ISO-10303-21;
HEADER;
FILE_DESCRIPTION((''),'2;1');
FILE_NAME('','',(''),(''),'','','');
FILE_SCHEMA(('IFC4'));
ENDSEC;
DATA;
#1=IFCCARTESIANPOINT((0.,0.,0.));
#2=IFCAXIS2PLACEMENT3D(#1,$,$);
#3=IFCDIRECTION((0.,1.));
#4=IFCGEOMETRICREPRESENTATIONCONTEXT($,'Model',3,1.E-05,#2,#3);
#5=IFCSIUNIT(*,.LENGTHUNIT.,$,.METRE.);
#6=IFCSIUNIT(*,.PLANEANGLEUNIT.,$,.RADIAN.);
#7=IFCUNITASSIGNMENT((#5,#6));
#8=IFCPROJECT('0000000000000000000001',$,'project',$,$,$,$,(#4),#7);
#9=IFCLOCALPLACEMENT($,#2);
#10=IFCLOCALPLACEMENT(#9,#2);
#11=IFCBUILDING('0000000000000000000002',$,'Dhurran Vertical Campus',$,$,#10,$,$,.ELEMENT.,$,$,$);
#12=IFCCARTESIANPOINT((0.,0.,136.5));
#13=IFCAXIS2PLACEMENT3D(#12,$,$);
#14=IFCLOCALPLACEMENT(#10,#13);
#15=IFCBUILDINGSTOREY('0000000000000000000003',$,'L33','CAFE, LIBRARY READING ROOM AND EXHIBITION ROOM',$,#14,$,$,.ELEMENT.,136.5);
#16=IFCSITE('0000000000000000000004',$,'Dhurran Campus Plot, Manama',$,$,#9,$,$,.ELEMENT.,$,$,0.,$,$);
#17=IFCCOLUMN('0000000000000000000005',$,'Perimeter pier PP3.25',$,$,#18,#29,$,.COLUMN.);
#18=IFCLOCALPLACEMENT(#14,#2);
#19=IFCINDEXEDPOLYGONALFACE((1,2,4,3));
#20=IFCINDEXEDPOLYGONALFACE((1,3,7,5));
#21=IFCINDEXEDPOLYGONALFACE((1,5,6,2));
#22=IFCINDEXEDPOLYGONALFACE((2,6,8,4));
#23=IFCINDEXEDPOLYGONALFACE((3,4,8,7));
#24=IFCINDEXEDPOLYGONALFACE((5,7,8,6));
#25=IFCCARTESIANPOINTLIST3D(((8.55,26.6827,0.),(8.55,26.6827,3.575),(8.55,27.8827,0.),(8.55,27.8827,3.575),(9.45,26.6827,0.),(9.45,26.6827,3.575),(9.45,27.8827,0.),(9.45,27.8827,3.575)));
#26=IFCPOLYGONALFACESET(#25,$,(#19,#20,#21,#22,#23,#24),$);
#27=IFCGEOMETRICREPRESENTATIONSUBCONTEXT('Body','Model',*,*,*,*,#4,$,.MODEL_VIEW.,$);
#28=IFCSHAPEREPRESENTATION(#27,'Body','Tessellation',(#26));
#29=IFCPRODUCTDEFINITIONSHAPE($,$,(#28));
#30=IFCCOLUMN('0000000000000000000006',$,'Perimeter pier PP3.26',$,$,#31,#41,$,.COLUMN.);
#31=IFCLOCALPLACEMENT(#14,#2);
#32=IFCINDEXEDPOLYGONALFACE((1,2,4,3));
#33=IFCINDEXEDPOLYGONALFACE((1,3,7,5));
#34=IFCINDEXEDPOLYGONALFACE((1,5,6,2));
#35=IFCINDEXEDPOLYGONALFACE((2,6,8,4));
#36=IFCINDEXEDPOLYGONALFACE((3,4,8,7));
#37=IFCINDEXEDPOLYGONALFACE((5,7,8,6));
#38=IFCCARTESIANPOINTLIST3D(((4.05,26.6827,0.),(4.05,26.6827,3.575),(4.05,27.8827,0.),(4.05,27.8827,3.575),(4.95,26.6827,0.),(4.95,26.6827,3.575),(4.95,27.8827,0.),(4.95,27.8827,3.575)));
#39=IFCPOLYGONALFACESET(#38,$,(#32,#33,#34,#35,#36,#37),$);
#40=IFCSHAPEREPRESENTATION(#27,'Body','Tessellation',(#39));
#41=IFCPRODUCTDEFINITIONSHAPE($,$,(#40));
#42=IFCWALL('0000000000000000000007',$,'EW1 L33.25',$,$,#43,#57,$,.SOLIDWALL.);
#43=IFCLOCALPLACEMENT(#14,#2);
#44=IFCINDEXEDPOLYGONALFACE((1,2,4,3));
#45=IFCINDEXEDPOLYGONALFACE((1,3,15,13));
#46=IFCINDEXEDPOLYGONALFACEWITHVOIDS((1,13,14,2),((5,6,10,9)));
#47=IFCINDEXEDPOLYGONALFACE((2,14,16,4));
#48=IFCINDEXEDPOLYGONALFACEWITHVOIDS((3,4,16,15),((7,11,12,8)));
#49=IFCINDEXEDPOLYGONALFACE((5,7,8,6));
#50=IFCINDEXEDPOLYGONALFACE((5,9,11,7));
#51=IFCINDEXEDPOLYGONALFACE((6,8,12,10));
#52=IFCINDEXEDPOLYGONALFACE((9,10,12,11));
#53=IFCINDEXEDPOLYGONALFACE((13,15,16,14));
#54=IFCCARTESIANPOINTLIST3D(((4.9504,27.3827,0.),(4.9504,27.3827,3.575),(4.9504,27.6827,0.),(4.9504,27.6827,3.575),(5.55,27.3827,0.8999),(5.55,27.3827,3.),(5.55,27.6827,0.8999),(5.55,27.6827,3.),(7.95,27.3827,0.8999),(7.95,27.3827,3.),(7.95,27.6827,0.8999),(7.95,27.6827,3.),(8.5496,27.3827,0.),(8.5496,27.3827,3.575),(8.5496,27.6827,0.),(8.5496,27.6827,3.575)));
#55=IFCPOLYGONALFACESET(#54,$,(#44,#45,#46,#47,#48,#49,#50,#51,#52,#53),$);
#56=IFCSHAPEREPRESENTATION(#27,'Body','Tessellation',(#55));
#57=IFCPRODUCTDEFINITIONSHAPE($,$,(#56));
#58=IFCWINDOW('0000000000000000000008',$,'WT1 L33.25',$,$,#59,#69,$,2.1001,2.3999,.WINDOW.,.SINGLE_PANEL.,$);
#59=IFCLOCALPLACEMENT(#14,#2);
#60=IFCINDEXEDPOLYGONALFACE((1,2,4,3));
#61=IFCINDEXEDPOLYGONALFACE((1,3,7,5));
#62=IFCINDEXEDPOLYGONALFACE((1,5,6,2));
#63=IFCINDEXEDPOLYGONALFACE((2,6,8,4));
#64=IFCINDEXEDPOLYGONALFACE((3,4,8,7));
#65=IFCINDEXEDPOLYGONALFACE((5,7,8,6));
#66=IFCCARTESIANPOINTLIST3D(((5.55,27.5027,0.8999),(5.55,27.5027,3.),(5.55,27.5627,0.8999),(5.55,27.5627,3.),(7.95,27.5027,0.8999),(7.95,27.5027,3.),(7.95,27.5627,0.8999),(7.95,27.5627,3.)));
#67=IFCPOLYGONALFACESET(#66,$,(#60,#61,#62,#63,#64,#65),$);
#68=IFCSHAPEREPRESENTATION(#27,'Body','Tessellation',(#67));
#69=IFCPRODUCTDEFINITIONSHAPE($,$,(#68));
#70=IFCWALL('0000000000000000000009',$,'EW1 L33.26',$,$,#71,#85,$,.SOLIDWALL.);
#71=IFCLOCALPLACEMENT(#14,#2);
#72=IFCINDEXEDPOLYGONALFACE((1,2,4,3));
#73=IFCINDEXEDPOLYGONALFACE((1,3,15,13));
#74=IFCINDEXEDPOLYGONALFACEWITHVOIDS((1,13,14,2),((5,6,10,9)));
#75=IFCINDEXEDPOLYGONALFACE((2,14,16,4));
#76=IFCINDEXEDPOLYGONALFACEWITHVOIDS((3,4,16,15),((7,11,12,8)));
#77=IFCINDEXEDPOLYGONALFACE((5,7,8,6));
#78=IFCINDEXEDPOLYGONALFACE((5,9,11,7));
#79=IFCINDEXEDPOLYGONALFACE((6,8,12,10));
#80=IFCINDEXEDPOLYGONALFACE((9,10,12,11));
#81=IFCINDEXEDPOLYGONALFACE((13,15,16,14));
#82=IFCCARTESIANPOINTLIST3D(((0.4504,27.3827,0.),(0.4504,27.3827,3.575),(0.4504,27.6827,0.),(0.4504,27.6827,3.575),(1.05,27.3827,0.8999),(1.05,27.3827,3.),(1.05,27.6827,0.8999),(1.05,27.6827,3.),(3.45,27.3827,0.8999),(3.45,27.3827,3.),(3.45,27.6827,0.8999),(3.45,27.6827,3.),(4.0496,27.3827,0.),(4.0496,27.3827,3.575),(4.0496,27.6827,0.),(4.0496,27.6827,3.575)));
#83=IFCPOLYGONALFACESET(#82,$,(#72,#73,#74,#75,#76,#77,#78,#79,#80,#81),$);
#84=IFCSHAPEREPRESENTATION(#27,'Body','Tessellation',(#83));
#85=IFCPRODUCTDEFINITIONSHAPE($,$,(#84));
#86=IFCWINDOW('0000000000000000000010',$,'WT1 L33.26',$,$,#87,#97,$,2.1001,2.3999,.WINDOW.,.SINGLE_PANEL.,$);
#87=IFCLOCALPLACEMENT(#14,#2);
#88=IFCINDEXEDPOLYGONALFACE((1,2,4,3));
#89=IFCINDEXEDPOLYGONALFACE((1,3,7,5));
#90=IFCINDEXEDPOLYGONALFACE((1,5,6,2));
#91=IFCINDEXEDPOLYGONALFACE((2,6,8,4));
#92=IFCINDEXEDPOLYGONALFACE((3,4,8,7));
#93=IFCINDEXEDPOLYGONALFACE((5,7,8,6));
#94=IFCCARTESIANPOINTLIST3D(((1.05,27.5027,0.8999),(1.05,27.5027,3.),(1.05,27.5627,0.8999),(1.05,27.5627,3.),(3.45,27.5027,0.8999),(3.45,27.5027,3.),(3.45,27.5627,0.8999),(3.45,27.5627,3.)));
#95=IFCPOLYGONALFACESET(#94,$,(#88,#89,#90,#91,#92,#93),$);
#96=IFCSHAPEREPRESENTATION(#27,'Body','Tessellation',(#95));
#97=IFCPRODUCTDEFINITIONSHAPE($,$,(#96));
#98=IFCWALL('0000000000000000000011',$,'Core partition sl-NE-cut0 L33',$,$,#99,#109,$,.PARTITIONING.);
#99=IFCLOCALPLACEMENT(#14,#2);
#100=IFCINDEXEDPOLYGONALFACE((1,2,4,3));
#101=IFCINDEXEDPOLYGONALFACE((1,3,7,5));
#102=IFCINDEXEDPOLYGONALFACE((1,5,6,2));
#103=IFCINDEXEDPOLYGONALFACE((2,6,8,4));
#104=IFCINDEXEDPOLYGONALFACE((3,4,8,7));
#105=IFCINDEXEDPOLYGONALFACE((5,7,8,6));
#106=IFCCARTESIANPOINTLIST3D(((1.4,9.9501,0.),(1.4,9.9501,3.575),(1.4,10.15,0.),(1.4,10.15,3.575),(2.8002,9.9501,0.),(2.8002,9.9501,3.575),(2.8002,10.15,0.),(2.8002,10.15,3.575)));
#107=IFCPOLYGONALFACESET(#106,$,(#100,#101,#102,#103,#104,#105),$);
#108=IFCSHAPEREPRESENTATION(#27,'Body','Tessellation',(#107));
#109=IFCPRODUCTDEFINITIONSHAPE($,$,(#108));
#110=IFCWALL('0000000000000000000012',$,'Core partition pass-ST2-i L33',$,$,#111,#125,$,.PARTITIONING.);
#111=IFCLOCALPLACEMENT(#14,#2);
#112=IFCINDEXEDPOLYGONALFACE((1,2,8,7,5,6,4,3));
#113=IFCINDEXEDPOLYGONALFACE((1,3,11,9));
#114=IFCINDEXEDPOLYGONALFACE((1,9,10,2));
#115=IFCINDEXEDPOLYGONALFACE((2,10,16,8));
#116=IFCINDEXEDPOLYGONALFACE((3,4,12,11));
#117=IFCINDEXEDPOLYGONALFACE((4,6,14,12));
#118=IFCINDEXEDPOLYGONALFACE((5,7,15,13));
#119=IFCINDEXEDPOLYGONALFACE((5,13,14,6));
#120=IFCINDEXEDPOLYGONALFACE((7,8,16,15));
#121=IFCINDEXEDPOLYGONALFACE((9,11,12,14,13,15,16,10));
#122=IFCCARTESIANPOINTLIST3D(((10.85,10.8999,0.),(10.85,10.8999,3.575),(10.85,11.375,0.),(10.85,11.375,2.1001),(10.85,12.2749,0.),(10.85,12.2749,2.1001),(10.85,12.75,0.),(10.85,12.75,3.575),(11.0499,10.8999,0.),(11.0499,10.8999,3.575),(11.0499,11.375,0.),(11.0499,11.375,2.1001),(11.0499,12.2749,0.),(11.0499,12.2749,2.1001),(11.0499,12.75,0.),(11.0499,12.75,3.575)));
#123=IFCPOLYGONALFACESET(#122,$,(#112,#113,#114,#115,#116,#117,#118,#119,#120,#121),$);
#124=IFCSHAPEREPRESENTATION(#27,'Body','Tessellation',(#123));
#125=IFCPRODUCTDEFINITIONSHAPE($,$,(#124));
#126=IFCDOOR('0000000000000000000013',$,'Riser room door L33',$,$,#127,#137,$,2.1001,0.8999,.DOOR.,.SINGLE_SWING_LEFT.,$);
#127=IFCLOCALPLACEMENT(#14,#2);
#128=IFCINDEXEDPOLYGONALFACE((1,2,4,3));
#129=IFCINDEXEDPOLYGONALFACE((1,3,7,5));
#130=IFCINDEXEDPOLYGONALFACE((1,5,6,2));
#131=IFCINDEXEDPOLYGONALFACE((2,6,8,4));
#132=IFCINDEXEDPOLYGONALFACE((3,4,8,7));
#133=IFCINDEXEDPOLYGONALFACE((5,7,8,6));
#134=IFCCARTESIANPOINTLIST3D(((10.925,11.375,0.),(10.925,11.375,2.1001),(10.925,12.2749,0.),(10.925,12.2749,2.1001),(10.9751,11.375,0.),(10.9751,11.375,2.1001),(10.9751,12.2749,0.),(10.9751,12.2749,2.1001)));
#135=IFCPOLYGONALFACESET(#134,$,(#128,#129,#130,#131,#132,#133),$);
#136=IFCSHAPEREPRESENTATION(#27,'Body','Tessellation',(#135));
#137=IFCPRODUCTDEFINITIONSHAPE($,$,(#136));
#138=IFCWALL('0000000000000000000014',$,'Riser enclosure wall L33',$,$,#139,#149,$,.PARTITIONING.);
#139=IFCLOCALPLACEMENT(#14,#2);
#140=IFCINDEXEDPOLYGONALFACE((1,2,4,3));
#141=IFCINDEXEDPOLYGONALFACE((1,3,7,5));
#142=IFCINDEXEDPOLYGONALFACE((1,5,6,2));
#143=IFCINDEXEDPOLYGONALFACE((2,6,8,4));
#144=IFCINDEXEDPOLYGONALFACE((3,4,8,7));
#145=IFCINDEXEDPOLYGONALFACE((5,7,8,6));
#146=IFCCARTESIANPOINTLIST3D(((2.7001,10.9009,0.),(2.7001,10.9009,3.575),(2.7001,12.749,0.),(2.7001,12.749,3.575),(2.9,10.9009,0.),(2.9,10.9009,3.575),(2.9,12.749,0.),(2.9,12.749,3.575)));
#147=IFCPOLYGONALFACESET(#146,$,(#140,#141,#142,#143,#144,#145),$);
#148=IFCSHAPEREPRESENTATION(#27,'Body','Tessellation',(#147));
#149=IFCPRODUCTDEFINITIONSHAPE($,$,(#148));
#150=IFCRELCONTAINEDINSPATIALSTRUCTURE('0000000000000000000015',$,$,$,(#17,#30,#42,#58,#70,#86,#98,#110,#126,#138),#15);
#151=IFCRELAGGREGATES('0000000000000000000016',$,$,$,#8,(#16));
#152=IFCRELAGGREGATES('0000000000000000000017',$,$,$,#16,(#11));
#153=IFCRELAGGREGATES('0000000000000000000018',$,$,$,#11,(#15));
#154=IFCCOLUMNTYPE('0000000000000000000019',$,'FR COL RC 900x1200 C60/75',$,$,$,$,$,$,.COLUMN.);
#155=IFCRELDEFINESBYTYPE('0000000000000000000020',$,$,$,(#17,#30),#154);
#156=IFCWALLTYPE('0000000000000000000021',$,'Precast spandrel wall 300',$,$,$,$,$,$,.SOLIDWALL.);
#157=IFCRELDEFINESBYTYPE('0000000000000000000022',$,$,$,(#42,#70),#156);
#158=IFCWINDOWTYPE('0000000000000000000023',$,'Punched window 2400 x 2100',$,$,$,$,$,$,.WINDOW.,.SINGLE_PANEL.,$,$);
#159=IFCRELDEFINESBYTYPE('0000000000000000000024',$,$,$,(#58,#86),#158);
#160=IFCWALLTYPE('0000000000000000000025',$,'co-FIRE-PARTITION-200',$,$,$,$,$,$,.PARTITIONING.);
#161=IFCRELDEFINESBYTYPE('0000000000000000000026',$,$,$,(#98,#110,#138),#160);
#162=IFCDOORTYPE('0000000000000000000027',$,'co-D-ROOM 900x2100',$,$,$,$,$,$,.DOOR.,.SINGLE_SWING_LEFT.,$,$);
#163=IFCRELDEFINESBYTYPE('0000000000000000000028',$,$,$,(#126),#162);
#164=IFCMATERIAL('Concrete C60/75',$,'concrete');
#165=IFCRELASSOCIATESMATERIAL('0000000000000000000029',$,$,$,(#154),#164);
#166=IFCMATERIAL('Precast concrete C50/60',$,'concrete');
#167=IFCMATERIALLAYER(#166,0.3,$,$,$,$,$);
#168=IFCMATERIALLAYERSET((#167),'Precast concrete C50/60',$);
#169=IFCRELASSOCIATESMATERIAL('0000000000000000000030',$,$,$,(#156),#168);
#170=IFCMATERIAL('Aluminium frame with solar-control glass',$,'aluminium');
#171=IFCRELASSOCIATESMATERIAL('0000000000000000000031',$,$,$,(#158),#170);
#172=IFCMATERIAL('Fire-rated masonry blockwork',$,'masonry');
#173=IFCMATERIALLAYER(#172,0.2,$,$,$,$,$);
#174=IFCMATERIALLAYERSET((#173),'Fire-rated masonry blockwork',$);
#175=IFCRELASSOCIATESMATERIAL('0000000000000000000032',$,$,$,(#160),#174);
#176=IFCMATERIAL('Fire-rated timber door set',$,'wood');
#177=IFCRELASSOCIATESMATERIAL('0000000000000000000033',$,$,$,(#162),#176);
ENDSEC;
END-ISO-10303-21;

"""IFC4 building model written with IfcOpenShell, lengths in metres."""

from ifc_helpers import new_model, si_unit, direction, frame, frame_2d, origin, origin_2d, place, context, subcontext, project, spatial, rectangle, extrude, material, layer, layer_set, material_profile, profile_set, type_object, element, fill, save


model = new_model("IFC4")

# Units and contexts
model_context = context("Model", 3, precision=1e-05, world=origin(), true_north=direction((0.0, 1.0)))
body_context = subcontext(model_context, "Body", "Model", "MODEL_VIEW")
ifc_project = project(units=[si_unit("LENGTHUNIT", "METRE"), si_unit("PLANEANGLEUNIT", "RADIAN")], contexts=[model_context])

# Site, building, storey
site_placement = place(None, origin())
site = spatial("IfcSite", under=ifc_project, at=site_placement, Name="Dhurran Campus Plot, Manama", CompositionType="ELEMENT", RefElevation=0.0)
building_placement = place(site_placement, origin())
building = spatial("IfcBuilding", under=site, at=building_placement, Name="Dhurran Vertical Campus", CompositionType="ELEMENT")
storey_placement = place(building_placement, frame((0.0, 0.0, 136.5)))
storey = spatial("IfcBuildingStorey", under=building, at=storey_placement, Name="L33", Description="CAFE, LIBRARY READING ROOM AND EXHIBITION ROOM", CompositionType="ELEMENT", Elevation=136.5)

# Columns
ifc_material_1 = material(Name="Concrete C60/75", Category="concrete")
ifc_material_profile = material_profile(ifc_material_1, rectangle(XDim=0.8999, YDim=1.2, at=origin_2d()), Name="RC 900x1200")
ifc_profile_set = profile_set([ifc_material_profile], Name="Concrete C60/75")
column_type = type_object("IfcColumnType", Name="FR COL RC 900x1200 C60/75", PredefinedType="COLUMN", material=ifc_profile_set)
for number, where, z_axis, x_axis, name in (
    (1, (9.0, 27.2827, 0.0), (0.0, 0.0, 1.0), (-1.0, 0.0, 0.0), "Perimeter pier PP3.25"),
    (2, (4.5, 27.2827, 0.0), (0.0, 0.0, 1.0), (-1.0, 0.0, 0.0), "Perimeter pier PP3.26"),
):
    element("IfcColumn", number, at=place(storey_placement, frame(where, z_axis=z_axis, x_axis=x_axis)), inside=storey, type_object=column_type, Name=name, PredefinedType="COLUMN", context=body_context, shape_type="SweptSolid", body=[
        extrude(rectangle(XDim=0.8999, YDim=1.2, at=origin_2d()), origin(), (0.0, 0.0, 1.0), 3.575),
    ])

# Walls, openings, windows
ifc_material_2 = material(Name="Precast concrete C50/60", Category="concrete")
ifc_layer_1 = layer(ifc_material_2, 0.3)
ifc_layer_set_1 = layer_set([ifc_layer_1], Name="Precast concrete C50/60")
wall_type_1 = type_object("IfcWallType", Name="Precast spandrel wall 300", PredefinedType="SOLIDWALL", material=ifc_layer_set_1)
wall_1_placement = place(storey_placement, frame((8.5496, 27.5327, 0.0), z_axis=(0.0, 0.0, 1.0), x_axis=(-1.0, 0.0, 0.0)))
wall_1 = element("IfcWall", 3, at=wall_1_placement, inside=storey, type_object=wall_type_1, Name="EW1 L33.25", PredefinedType="SOLIDWALL", context=body_context, shape_type="SweptSolid", body=[
    extrude(rectangle(XDim=3.5991, YDim=0.3, at=frame_2d((1.7996, 0.0))), origin(), (0.0, 0.0, 1.0), 3.575),
])
opening_1_placement = place(wall_1_placement, frame((0.5996, 0.0, 0.8999)))
opening_1 = element("IfcOpeningElement", 4, at=opening_1_placement, cuts=wall_1, PredefinedType="OPENING", context=body_context, shape_type="SweptSolid", body=[
    extrude(rectangle(XDim=2.3999, YDim=2.1001, at=frame_2d((1.2, 1.05))), frame((0.0, 0.1599, 0.0), z_axis=(0.0, -1.0, 0.0), x_axis=(1.0, 0.0, 0.0)), (0.0, 0.0, 1.0), 0.3201),
])
ifc_material_3 = material(Name="Aluminium frame with solar-control glass", Category="aluminium")
window_type = type_object("IfcWindowType", Name="Punched window 2400 x 2100", PartitioningType="SINGLE_PANEL", PredefinedType="WINDOW", material=ifc_material_3)
window_1_placement = place(opening_1_placement, origin())
window_1 = element("IfcWindow", 5, at=window_1_placement, inside=storey, type_object=window_type, Name="WT1 L33.25", OverallHeight=2.1001, OverallWidth=2.3999, PartitioningType="SINGLE_PANEL", PredefinedType="WINDOW", context=body_context, shape_type="SweptSolid", body=[
    extrude(rectangle(XDim=2.3999, YDim=2.1001, at=frame_2d((1.2, 1.05))), frame((0.0, 0.03, 0.0), z_axis=(0.0, -1.0, 0.0), x_axis=(1.0, 0.0, 0.0)), (0.0, 0.0, 1.0), 0.0601),
])
fill(opening_1, window_1)
wall_2_placement = place(storey_placement, frame((4.0496, 27.5327, 0.0), z_axis=(0.0, 0.0, 1.0), x_axis=(-1.0, 0.0, 0.0)))
wall_2 = element("IfcWall", 6, at=wall_2_placement, inside=storey, type_object=wall_type_1, Name="EW1 L33.26", PredefinedType="SOLIDWALL", context=body_context, shape_type="SweptSolid", body=[
    extrude(rectangle(XDim=3.5991, YDim=0.3, at=frame_2d((1.7996, 0.0))), origin(), (0.0, 0.0, 1.0), 3.575),
])
opening_2_placement = place(wall_2_placement, frame((0.5996, 0.0, 0.8999)))
opening_2 = element("IfcOpeningElement", 7, at=opening_2_placement, cuts=wall_2, PredefinedType="OPENING", context=body_context, shape_type="SweptSolid", body=[
    extrude(rectangle(XDim=2.3999, YDim=2.1001, at=frame_2d((1.2, 1.05))), frame((0.0, 0.1599, 0.0), z_axis=(0.0, -1.0, 0.0), x_axis=(1.0, 0.0, 0.0)), (0.0, 0.0, 1.0), 0.3201),
])
window_2_placement = place(opening_2_placement, origin())
window_2 = element("IfcWindow", 8, at=window_2_placement, inside=storey, type_object=window_type, Name="WT1 L33.26", OverallHeight=2.1001, OverallWidth=2.3999, PartitioningType="SINGLE_PANEL", PredefinedType="WINDOW", context=body_context, shape_type="SweptSolid", body=[
    extrude(rectangle(XDim=2.3999, YDim=2.1001, at=frame_2d((1.2, 1.05))), frame((0.0, 0.03, 0.0), z_axis=(0.0, -1.0, 0.0), x_axis=(1.0, 0.0, 0.0)), (0.0, 0.0, 1.0), 0.0601),
])
fill(opening_2, window_2)

# Wall
ifc_material_4 = material(Name="Fire-rated masonry blockwork", Category="masonry")
ifc_layer_2 = layer(ifc_material_4, 0.2)
ifc_layer_set_2 = layer_set([ifc_layer_2], Name="Fire-rated masonry blockwork")
wall_type_2 = type_object("IfcWallType", Name="co-FIRE-PARTITION-200", PredefinedType="PARTITIONING", material=ifc_layer_set_2)
wall_3_placement = place(storey_placement, frame((1.3999, 10.05, 0.0), z_axis=(0.0, 0.0, 1.0), x_axis=(1.0, 0.0, 0.0)))
element("IfcWall", 9, at=wall_3_placement, inside=storey, type_object=wall_type_2, Name="Core partition sl-NE-cut0 L33", PredefinedType="PARTITIONING", context=body_context, shape_type="SweptSolid", body=[
    extrude(rectangle(XDim=1.4001, YDim=0.2, at=frame_2d((0.7002, 0.0))), origin(), (0.0, 0.0, 1.0), 3.575),
])

# Wall, opening, door
wall_4_placement = place(storey_placement, frame((10.95, 10.8999, 0.0), z_axis=(0.0, 0.0, 1.0), x_axis=(0.0, 1.0, 0.0)))
wall_4 = element("IfcWall", 10, at=wall_4_placement, inside=storey, type_object=wall_type_2, Name="Core partition pass-ST2-i L33", PredefinedType="PARTITIONING", context=body_context, shape_type="SweptSolid", body=[
    extrude(rectangle(XDim=1.8501, YDim=0.2, at=frame_2d((0.925, 0.0))), origin(), (0.0, 0.0, 1.0), 3.575),
])
opening_3_placement = place(wall_4_placement, frame((0.4751, 0.0, 0.0)))
opening_3 = element("IfcOpeningElement", 11, at=opening_3_placement, cuts=wall_4, PredefinedType="OPENING", context=body_context, shape_type="SweptSolid", body=[
    extrude(rectangle(XDim=0.8999, YDim=2.1001, at=frame_2d((0.45, 1.05))), frame((0.0, 0.1099, 0.0), z_axis=(0.0, -1.0, 0.0), x_axis=(1.0, 0.0, 0.0)), (0.0, 0.0, 1.0), 0.22),
])
ifc_material_5 = material(Name="Fire-rated timber door set", Category="wood")
door_type_1 = type_object("IfcDoorType", Name="co-D-ROOM 900x2100", OperationType="SINGLE_SWING_LEFT", PredefinedType="DOOR", material=ifc_material_5)
door_1_placement = place(opening_3_placement, origin())
door_1 = element("IfcDoor", 12, at=door_1_placement, inside=storey, type_object=door_type_1, Name="Riser room door L33", OperationType="SINGLE_SWING_LEFT", OverallHeight=2.1001, OverallWidth=0.8999, PredefinedType="DOOR", context=body_context, shape_type="SweptSolid", body=[
    extrude(rectangle(XDim=0.8999, YDim=2.1001, at=frame_2d((0.45, 1.05))), frame((0.0, 0.0249, 0.0), z_axis=(0.0, -1.0, 0.0), x_axis=(1.0, 0.0, 0.0)), (0.0, 0.0, 1.0), 0.05),
])
fill(opening_3, door_1)

# Wall
wall_5_placement = place(storey_placement, frame((2.8, 12.749, 0.0), z_axis=(0.0, 0.0, 1.0), x_axis=(0.0, -1.0, 0.0)))
element("IfcWall", 13, at=wall_5_placement, inside=storey, type_object=wall_type_2, Name="Riser enclosure wall L33", PredefinedType="PARTITIONING", context=body_context, shape_type="SweptSolid", body=[
    extrude(rectangle(XDim=1.8481, YDim=0.2, at=frame_2d((0.9241, 0.0))), origin(), (0.0, 0.0, 1.0), 3.575),
])

save(model, "model.ifc")
